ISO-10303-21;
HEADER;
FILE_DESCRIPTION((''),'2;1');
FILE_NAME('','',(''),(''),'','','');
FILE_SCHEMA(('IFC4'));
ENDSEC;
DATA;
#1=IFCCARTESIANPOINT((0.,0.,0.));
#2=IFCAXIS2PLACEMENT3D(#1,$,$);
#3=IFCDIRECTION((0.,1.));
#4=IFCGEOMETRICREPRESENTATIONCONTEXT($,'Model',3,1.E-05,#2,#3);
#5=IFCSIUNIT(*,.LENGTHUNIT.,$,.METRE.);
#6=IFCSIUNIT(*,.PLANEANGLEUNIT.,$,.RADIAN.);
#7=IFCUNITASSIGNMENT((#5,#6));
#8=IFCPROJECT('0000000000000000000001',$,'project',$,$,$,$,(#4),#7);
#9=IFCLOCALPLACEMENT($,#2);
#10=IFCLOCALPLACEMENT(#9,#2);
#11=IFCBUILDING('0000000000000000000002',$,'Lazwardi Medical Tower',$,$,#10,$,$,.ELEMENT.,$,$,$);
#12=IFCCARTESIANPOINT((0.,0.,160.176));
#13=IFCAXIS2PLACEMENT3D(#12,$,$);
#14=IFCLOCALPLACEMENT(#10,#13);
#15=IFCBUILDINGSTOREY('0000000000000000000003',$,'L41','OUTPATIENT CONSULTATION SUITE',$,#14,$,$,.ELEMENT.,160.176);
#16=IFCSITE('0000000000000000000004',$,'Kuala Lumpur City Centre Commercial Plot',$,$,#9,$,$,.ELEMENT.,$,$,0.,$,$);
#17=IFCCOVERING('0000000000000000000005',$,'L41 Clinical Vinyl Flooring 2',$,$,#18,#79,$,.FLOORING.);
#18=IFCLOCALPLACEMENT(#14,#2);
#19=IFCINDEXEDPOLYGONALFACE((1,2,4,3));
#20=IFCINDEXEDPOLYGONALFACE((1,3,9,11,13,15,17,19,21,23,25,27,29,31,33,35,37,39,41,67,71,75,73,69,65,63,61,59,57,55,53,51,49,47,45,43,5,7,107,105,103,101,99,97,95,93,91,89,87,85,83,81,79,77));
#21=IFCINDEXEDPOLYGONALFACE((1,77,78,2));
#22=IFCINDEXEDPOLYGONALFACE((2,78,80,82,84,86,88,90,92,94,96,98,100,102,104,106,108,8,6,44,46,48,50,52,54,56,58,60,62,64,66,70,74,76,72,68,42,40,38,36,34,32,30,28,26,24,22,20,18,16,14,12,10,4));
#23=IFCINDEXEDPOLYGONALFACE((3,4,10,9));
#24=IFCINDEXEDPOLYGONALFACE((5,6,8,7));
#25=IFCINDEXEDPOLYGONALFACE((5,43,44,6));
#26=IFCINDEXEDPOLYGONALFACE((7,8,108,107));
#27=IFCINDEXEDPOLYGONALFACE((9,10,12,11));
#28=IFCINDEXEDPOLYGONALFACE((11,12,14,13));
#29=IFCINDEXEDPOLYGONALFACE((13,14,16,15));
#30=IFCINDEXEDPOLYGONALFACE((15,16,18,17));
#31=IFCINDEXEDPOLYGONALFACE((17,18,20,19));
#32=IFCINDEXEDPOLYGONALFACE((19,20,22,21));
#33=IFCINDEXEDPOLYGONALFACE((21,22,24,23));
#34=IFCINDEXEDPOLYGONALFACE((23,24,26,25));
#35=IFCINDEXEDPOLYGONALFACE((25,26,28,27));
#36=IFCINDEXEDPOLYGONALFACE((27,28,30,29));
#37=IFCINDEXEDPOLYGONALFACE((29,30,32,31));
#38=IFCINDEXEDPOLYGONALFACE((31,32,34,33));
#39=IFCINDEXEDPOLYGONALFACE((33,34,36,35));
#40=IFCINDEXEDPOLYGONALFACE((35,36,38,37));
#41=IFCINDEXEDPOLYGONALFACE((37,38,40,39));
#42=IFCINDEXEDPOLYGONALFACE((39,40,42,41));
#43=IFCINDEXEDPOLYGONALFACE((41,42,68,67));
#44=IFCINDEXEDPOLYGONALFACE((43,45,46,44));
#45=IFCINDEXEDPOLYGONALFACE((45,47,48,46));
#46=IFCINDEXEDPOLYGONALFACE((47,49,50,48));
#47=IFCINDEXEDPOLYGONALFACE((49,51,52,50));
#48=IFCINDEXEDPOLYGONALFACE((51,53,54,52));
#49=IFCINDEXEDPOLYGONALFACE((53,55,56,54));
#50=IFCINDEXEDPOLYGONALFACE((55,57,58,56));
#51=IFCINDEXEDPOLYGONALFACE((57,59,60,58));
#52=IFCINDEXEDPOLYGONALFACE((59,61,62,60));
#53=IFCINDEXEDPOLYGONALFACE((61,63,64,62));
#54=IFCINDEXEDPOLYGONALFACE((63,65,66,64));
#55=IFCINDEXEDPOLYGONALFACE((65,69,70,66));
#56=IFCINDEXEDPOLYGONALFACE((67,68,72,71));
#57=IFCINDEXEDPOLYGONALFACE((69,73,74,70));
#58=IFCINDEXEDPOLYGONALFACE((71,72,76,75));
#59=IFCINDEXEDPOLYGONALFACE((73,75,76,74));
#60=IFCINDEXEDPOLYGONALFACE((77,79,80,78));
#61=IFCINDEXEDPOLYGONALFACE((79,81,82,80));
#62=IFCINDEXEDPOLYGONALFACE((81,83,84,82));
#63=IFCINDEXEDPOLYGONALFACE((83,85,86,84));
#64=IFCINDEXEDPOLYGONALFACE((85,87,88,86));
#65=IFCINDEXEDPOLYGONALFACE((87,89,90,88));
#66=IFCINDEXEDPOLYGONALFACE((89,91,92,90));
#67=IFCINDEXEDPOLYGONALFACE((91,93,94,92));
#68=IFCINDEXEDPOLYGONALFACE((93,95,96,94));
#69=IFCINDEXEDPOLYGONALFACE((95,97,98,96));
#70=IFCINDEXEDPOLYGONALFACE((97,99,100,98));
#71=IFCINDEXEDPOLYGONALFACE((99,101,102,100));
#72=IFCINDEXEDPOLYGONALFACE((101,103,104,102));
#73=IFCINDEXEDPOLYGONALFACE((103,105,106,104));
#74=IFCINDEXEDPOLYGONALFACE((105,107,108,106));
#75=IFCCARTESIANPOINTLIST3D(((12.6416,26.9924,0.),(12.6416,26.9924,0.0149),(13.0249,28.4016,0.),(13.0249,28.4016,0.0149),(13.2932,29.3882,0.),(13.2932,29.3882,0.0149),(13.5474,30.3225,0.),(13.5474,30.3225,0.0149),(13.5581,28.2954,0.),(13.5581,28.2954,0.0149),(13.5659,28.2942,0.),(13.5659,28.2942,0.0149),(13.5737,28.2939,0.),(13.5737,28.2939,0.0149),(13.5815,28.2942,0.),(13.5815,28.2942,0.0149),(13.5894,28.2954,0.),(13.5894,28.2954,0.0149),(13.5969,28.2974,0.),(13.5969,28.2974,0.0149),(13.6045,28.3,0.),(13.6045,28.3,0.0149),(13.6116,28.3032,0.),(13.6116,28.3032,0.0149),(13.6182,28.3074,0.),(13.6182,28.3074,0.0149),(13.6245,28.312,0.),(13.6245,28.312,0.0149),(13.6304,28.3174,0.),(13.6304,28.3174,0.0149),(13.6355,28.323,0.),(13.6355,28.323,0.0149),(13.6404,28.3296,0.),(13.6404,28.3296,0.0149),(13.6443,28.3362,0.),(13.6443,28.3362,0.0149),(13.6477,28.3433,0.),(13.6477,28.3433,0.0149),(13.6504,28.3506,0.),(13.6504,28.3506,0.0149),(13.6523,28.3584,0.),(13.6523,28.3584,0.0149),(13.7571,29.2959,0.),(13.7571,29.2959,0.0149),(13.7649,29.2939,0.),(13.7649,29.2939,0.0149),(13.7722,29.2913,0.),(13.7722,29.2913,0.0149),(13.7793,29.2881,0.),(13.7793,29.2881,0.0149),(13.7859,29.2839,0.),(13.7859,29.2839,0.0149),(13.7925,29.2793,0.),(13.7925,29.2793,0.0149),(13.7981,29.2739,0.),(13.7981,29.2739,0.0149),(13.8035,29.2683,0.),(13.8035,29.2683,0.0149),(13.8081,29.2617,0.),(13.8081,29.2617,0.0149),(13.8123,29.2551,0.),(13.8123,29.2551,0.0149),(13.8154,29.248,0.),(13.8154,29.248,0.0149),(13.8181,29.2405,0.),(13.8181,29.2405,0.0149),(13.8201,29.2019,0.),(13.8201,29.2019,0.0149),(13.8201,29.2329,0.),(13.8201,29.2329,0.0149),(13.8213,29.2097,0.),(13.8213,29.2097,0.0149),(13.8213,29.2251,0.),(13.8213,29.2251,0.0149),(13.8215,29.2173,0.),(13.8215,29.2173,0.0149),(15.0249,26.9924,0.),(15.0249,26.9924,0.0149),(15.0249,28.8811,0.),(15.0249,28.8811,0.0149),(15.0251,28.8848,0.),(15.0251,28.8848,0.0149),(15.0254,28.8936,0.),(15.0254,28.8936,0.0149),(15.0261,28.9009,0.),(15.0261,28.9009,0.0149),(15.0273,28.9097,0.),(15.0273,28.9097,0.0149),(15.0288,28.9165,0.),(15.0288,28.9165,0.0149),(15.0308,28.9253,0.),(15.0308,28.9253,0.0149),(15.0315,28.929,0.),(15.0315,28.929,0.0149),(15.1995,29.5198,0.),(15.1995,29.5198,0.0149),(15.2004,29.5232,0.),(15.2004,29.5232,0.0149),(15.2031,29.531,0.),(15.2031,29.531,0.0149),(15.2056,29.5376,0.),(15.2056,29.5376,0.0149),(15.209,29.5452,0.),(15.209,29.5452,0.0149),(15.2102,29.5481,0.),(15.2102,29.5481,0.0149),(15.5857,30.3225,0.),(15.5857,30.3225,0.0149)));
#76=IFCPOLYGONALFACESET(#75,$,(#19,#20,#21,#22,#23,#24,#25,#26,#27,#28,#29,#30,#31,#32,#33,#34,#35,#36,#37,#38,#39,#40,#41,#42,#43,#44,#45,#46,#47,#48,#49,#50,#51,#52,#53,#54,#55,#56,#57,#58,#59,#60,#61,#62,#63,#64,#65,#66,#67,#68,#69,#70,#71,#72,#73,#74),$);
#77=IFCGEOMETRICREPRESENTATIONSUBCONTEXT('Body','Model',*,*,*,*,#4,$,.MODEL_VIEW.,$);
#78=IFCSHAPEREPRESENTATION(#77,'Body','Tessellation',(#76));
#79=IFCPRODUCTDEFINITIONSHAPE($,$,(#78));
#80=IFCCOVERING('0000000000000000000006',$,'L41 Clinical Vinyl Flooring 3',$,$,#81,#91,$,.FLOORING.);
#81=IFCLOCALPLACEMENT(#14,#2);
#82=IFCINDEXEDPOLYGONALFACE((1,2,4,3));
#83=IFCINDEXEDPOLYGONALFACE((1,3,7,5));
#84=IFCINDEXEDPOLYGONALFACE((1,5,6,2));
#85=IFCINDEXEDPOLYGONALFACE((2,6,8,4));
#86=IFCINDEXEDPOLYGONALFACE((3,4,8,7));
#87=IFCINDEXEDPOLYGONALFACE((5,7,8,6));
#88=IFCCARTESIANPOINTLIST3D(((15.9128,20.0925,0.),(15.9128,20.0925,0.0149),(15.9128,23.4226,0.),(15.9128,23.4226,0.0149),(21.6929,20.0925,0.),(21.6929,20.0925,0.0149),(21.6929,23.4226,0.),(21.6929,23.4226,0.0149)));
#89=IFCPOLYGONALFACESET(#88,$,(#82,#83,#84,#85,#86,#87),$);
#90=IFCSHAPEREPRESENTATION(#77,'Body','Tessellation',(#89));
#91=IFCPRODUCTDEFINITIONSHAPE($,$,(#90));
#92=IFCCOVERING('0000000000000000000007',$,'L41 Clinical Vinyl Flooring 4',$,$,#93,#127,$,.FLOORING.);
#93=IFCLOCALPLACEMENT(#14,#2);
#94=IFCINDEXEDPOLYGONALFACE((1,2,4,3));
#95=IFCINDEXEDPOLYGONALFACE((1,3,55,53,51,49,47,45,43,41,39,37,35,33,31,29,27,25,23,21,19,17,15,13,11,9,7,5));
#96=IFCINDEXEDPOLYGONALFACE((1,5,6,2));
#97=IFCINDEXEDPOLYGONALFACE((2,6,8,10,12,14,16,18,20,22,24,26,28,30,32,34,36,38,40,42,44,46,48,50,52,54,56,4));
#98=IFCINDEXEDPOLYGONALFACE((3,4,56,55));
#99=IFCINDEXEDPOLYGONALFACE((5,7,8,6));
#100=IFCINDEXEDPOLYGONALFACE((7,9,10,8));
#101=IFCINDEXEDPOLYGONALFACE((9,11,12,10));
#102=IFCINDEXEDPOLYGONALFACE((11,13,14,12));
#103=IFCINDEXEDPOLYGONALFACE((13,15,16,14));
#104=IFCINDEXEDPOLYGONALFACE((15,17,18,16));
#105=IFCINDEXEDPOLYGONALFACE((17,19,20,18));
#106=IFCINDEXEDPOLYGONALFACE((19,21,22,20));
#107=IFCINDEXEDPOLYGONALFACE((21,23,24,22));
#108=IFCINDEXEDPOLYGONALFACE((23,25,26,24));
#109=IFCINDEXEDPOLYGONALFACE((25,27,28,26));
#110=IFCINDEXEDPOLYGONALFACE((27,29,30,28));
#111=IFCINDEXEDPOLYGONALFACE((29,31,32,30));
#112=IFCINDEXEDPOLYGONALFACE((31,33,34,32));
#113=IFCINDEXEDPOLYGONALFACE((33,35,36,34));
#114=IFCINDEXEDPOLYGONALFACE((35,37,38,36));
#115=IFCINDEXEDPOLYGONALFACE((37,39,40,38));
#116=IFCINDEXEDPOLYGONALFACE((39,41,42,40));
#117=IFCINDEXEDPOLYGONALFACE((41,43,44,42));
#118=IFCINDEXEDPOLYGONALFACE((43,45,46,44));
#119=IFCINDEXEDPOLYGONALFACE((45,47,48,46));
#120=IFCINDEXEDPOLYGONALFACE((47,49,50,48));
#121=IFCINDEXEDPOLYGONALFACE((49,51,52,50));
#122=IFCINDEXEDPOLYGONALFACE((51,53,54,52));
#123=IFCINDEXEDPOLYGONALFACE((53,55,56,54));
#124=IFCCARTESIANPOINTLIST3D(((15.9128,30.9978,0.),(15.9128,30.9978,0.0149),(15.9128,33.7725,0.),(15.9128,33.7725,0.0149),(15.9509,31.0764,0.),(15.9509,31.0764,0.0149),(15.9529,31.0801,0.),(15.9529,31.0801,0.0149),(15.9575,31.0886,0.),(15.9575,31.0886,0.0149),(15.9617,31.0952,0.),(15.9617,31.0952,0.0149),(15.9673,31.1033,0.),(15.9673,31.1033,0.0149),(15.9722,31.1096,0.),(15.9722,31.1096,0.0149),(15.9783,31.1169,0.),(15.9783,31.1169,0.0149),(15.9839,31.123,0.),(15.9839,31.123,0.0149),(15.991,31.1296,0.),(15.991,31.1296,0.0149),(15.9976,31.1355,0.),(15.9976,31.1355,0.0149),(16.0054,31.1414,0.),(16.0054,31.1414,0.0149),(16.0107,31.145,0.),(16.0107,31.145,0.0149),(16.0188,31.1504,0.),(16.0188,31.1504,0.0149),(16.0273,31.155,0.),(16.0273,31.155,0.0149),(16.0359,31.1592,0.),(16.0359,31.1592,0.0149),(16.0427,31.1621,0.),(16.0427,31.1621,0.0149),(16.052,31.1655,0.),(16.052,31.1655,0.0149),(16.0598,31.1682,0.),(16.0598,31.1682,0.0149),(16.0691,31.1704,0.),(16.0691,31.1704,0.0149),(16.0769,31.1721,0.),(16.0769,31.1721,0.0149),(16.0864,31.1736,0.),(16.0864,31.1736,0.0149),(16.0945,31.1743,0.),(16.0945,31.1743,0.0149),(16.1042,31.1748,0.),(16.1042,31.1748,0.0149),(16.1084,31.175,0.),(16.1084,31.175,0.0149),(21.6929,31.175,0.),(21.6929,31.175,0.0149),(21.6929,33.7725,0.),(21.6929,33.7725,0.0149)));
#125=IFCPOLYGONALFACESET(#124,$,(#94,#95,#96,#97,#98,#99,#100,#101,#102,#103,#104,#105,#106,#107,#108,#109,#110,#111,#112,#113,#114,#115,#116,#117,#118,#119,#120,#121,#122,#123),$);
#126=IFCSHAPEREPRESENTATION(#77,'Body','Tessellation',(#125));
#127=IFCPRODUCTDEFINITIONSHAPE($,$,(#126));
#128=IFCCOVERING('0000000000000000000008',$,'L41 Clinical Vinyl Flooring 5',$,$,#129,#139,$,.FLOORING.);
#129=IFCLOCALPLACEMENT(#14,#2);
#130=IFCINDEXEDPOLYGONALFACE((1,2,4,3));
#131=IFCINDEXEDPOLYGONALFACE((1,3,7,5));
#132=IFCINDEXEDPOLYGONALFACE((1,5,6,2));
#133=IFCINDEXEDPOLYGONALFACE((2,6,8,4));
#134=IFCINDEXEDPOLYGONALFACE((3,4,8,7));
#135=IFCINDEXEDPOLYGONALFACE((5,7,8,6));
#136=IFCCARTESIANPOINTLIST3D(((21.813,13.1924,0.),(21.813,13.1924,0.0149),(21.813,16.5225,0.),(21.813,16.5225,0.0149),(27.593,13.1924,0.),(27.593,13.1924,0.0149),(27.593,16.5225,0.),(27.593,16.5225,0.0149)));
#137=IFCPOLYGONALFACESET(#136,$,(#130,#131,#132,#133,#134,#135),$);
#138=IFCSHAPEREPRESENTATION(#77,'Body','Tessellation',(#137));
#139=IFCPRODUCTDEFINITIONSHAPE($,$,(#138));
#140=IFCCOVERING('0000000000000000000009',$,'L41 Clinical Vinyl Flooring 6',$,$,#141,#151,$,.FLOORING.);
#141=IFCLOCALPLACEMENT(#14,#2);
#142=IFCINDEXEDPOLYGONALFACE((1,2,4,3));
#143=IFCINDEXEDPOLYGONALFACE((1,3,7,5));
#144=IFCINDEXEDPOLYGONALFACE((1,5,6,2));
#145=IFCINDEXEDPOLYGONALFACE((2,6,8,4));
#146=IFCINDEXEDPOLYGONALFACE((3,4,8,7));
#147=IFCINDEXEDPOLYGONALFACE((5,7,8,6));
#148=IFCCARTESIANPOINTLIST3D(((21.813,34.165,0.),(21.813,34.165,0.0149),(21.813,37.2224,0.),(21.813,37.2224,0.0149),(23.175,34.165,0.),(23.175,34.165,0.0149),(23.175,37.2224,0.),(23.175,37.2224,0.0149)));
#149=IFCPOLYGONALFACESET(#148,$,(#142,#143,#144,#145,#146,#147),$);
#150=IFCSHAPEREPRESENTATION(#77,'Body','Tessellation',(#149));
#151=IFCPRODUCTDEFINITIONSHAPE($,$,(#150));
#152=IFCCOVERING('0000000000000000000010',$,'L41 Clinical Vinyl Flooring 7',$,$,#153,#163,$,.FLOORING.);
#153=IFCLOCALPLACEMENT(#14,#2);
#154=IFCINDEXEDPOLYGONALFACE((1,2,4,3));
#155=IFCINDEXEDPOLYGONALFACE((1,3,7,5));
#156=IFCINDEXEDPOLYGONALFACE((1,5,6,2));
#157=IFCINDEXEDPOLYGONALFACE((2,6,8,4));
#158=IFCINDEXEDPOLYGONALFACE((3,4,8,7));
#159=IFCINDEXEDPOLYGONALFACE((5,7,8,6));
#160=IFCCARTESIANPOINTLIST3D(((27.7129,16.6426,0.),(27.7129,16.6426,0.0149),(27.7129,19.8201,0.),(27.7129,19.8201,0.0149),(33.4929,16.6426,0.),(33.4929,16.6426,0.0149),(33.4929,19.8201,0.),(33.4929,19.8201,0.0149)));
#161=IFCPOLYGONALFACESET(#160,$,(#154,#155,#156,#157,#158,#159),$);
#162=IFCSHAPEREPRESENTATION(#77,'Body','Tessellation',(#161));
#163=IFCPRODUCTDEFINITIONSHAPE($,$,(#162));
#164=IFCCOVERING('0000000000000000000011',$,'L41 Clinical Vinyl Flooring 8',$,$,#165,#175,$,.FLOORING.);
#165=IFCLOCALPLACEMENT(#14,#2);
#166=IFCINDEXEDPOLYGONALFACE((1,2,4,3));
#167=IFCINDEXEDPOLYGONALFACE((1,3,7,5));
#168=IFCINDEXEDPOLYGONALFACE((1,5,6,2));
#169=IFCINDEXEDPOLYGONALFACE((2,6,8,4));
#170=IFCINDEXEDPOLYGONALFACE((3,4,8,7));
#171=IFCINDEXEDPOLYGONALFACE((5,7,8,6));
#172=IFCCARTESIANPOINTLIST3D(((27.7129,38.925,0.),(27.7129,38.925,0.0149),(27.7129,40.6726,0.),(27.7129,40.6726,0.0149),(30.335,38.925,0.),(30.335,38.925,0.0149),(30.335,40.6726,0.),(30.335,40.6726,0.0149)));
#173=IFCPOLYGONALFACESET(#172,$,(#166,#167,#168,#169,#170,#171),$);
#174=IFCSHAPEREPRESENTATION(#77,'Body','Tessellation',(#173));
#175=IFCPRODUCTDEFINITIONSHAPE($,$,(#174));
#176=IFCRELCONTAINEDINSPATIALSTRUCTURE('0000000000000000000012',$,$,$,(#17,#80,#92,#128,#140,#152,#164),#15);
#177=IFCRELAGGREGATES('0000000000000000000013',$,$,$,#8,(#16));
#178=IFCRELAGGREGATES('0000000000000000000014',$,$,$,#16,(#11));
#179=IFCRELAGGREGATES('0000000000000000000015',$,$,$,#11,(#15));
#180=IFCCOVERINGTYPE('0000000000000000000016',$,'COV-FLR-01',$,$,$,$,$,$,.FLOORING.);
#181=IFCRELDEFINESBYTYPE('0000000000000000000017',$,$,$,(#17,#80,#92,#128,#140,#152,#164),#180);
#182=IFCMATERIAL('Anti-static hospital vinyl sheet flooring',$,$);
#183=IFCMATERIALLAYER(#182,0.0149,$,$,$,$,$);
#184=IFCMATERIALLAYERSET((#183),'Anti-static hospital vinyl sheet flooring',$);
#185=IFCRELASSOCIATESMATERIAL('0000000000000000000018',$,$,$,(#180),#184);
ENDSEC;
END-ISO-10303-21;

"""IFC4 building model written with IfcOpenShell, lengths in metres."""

from ifc_helpers import new_model, si_unit, direction, frame, origin, place, context, subcontext, project, spatial, polyline, outline, extrude, material, layer, layer_set, type_object, element, save


model = new_model("IFC4")

# Units and contexts
model_context = context("Model", 3, precision=1e-05, world=origin(), true_north=direction((0.0, 1.0)))
body_context = subcontext(model_context, "Body", "Model", "MODEL_VIEW")
ifc_project = project(units=[si_unit("LENGTHUNIT", "METRE"), si_unit("PLANEANGLEUNIT", "RADIAN")], contexts=[model_context])

# Site, building, storey
site_placement = place(None, origin())
site = spatial("IfcSite", under=ifc_project, at=site_placement, Name="Kuala Lumpur City Centre Commercial Plot", CompositionType="ELEMENT", RefElevation=0.0)
building_placement = place(site_placement, origin())
building = spatial("IfcBuilding", under=site, at=building_placement, Name="Lazwardi Medical Tower", CompositionType="ELEMENT")
storey_placement = place(building_placement, frame((0.0, 0.0, 160.176)))
storey = spatial("IfcBuildingStorey", under=building, at=storey_placement, Name="L41", Description="OUTPATIENT CONSULTATION SUITE", CompositionType="ELEMENT", Elevation=160.176)

# Coverings
ifc_material_1 = material(Name="Anti-static hospital vinyl sheet flooring")
ifc_layer_1 = layer(ifc_material_1, 0.0149)
ifc_layer_set_1 = layer_set([ifc_layer_1], Name="Anti-static hospital vinyl sheet flooring")
covering_type_1 = type_object("IfcCoveringType", Name="COV-FLR-01", PredefinedType="FLOORING", material=ifc_layer_set_1)
covering_1_placement = place(storey_placement, origin())
element("IfcCovering", 1, at=covering_1_placement, inside=storey, type_object=covering_type_1, Name="L41 Clinical Vinyl Flooring 2", PredefinedType="FLOORING", context=body_context, shape_type="SweptSolid", body=[
    extrude(outline(polyline([(13.5474, 30.3225), (13.2932, 29.3882), (13.7571, 29.2959), (13.7649, 29.2939), (13.7722, 29.2913), (13.7793, 29.2881), (13.7859, 29.2839), (13.7925, 29.2793), (13.7981, 29.2739), (13.8035, 29.2683), (13.8081, 29.2617), (13.8123, 29.2551), (13.8154, 29.248), (13.8181, 29.2405), (13.8201, 29.2329), (13.8213, 29.2251), (13.8215, 29.2173), (13.8213, 29.2097), (13.8201, 29.2019), (13.6523, 28.3584), (13.6504, 28.3506), (13.6477, 28.3433), (13.6443, 28.3362), (13.6404, 28.3296), (13.6355, 28.323), (13.6304, 28.3174), (13.6245, 28.312), (13.6182, 28.3074), (13.6116, 28.3032), (13.6045, 28.3), (13.5969, 28.2974), (13.5894, 28.2954), (13.5815, 28.2942), (13.5737, 28.2939), (13.5659, 28.2942), (13.5581, 28.2954), (13.0249, 28.4016), (12.6416, 26.9924), (15.0249, 26.9924), (15.0249, 28.8811), (15.0251, 28.8848), (15.0254, 28.8936), (15.0261, 28.9009), (15.0273, 28.9097), (15.0288, 28.9165), (15.0308, 28.9253), (15.0315, 28.929), (15.1995, 29.5198), (15.2004, 29.5232), (15.2031, 29.531), (15.2056, 29.5376), (15.209, 29.5452), (15.2102, 29.5481), (15.5857, 30.3225), (13.5474, 30.3225)])), origin(), (0.0, 0.0, 1.0), 0.0149),
])
covering_2_placement = place(storey_placement, origin())
element("IfcCovering", 2, at=covering_2_placement, inside=storey, type_object=covering_type_1, Name="L41 Clinical Vinyl Flooring 3", PredefinedType="FLOORING", context=body_context, shape_type="SweptSolid", body=[
    extrude(outline(polyline([(21.6929, 20.0925), (21.6929, 23.4226), (15.9128, 23.4226), (15.9128, 20.0925), (21.6929, 20.0925)])), origin(), (0.0, 0.0, 1.0), 0.0149),
])
covering_3_placement = place(storey_placement, origin())
element("IfcCovering", 3, at=covering_3_placement, inside=storey, type_object=covering_type_1, Name="L41 Clinical Vinyl Flooring 4", PredefinedType="FLOORING", context=body_context, shape_type="SweptSolid", body=[
    extrude(outline(polyline([(15.9128, 30.9978), (15.9509, 31.0764), (15.9529, 31.0801), (15.9575, 31.0886), (15.9617, 31.0952), (15.9673, 31.1033), (15.9722, 31.1096), (15.9783, 31.1169), (15.9839, 31.123), (15.991, 31.1296), (15.9976, 31.1355), (16.0054, 31.1414), (16.0107, 31.145), (16.0188, 31.1504), (16.0273, 31.155), (16.0359, 31.1592), (16.0427, 31.1621), (16.052, 31.1655), (16.0598, 31.1682), (16.0691, 31.1704), (16.0769, 31.1721), (16.0864, 31.1736), (16.0945, 31.1743), (16.1042, 31.1748), (16.1084, 31.175), (21.6929, 31.175), (21.6929, 33.7725), (15.9128, 33.7725), (15.9128, 30.9978)])), origin(), (0.0, 0.0, 1.0), 0.0149),
])
covering_4_placement = place(storey_placement, origin())
element("IfcCovering", 4, at=covering_4_placement, inside=storey, type_object=covering_type_1, Name="L41 Clinical Vinyl Flooring 5", PredefinedType="FLOORING", context=body_context, shape_type="SweptSolid", body=[
    extrude(outline(polyline([(27.593, 13.1924), (27.593, 16.5225), (21.813, 16.5225), (21.813, 13.1924), (27.593, 13.1924)])), origin(), (0.0, 0.0, 1.0), 0.0149),
])
covering_5_placement = place(storey_placement, origin())
element("IfcCovering", 5, at=covering_5_placement, inside=storey, type_object=covering_type_1, Name="L41 Clinical Vinyl Flooring 6", PredefinedType="FLOORING", context=body_context, shape_type="SweptSolid", body=[
    extrude(outline(polyline([(21.813, 34.165), (23.175, 34.165), (23.175, 37.2224), (21.813, 37.2224), (21.813, 34.165)])), origin(), (0.0, 0.0, 1.0), 0.0149),
])
covering_6_placement = place(storey_placement, origin())
element("IfcCovering", 6, at=covering_6_placement, inside=storey, type_object=covering_type_1, Name="L41 Clinical Vinyl Flooring 7", PredefinedType="FLOORING", context=body_context, shape_type="SweptSolid", body=[
    extrude(outline(polyline([(33.4929, 19.8201), (27.7129, 19.8201), (27.7129, 16.6426), (33.4929, 16.6426), (33.4929, 19.8201)])), origin(), (0.0, 0.0, 1.0), 0.0149),
])
covering_7_placement = place(storey_placement, origin())
element("IfcCovering", 7, at=covering_7_placement, inside=storey, type_object=covering_type_1, Name="L41 Clinical Vinyl Flooring 8", PredefinedType="FLOORING", context=body_context, shape_type="SweptSolid", body=[
    extrude(outline(polyline([(27.7129, 38.925), (30.335, 38.925), (30.335, 40.6726), (27.7129, 40.6726), (27.7129, 38.925)])), origin(), (0.0, 0.0, 1.0), 0.0149),
])

save(model, "model.ifc")
